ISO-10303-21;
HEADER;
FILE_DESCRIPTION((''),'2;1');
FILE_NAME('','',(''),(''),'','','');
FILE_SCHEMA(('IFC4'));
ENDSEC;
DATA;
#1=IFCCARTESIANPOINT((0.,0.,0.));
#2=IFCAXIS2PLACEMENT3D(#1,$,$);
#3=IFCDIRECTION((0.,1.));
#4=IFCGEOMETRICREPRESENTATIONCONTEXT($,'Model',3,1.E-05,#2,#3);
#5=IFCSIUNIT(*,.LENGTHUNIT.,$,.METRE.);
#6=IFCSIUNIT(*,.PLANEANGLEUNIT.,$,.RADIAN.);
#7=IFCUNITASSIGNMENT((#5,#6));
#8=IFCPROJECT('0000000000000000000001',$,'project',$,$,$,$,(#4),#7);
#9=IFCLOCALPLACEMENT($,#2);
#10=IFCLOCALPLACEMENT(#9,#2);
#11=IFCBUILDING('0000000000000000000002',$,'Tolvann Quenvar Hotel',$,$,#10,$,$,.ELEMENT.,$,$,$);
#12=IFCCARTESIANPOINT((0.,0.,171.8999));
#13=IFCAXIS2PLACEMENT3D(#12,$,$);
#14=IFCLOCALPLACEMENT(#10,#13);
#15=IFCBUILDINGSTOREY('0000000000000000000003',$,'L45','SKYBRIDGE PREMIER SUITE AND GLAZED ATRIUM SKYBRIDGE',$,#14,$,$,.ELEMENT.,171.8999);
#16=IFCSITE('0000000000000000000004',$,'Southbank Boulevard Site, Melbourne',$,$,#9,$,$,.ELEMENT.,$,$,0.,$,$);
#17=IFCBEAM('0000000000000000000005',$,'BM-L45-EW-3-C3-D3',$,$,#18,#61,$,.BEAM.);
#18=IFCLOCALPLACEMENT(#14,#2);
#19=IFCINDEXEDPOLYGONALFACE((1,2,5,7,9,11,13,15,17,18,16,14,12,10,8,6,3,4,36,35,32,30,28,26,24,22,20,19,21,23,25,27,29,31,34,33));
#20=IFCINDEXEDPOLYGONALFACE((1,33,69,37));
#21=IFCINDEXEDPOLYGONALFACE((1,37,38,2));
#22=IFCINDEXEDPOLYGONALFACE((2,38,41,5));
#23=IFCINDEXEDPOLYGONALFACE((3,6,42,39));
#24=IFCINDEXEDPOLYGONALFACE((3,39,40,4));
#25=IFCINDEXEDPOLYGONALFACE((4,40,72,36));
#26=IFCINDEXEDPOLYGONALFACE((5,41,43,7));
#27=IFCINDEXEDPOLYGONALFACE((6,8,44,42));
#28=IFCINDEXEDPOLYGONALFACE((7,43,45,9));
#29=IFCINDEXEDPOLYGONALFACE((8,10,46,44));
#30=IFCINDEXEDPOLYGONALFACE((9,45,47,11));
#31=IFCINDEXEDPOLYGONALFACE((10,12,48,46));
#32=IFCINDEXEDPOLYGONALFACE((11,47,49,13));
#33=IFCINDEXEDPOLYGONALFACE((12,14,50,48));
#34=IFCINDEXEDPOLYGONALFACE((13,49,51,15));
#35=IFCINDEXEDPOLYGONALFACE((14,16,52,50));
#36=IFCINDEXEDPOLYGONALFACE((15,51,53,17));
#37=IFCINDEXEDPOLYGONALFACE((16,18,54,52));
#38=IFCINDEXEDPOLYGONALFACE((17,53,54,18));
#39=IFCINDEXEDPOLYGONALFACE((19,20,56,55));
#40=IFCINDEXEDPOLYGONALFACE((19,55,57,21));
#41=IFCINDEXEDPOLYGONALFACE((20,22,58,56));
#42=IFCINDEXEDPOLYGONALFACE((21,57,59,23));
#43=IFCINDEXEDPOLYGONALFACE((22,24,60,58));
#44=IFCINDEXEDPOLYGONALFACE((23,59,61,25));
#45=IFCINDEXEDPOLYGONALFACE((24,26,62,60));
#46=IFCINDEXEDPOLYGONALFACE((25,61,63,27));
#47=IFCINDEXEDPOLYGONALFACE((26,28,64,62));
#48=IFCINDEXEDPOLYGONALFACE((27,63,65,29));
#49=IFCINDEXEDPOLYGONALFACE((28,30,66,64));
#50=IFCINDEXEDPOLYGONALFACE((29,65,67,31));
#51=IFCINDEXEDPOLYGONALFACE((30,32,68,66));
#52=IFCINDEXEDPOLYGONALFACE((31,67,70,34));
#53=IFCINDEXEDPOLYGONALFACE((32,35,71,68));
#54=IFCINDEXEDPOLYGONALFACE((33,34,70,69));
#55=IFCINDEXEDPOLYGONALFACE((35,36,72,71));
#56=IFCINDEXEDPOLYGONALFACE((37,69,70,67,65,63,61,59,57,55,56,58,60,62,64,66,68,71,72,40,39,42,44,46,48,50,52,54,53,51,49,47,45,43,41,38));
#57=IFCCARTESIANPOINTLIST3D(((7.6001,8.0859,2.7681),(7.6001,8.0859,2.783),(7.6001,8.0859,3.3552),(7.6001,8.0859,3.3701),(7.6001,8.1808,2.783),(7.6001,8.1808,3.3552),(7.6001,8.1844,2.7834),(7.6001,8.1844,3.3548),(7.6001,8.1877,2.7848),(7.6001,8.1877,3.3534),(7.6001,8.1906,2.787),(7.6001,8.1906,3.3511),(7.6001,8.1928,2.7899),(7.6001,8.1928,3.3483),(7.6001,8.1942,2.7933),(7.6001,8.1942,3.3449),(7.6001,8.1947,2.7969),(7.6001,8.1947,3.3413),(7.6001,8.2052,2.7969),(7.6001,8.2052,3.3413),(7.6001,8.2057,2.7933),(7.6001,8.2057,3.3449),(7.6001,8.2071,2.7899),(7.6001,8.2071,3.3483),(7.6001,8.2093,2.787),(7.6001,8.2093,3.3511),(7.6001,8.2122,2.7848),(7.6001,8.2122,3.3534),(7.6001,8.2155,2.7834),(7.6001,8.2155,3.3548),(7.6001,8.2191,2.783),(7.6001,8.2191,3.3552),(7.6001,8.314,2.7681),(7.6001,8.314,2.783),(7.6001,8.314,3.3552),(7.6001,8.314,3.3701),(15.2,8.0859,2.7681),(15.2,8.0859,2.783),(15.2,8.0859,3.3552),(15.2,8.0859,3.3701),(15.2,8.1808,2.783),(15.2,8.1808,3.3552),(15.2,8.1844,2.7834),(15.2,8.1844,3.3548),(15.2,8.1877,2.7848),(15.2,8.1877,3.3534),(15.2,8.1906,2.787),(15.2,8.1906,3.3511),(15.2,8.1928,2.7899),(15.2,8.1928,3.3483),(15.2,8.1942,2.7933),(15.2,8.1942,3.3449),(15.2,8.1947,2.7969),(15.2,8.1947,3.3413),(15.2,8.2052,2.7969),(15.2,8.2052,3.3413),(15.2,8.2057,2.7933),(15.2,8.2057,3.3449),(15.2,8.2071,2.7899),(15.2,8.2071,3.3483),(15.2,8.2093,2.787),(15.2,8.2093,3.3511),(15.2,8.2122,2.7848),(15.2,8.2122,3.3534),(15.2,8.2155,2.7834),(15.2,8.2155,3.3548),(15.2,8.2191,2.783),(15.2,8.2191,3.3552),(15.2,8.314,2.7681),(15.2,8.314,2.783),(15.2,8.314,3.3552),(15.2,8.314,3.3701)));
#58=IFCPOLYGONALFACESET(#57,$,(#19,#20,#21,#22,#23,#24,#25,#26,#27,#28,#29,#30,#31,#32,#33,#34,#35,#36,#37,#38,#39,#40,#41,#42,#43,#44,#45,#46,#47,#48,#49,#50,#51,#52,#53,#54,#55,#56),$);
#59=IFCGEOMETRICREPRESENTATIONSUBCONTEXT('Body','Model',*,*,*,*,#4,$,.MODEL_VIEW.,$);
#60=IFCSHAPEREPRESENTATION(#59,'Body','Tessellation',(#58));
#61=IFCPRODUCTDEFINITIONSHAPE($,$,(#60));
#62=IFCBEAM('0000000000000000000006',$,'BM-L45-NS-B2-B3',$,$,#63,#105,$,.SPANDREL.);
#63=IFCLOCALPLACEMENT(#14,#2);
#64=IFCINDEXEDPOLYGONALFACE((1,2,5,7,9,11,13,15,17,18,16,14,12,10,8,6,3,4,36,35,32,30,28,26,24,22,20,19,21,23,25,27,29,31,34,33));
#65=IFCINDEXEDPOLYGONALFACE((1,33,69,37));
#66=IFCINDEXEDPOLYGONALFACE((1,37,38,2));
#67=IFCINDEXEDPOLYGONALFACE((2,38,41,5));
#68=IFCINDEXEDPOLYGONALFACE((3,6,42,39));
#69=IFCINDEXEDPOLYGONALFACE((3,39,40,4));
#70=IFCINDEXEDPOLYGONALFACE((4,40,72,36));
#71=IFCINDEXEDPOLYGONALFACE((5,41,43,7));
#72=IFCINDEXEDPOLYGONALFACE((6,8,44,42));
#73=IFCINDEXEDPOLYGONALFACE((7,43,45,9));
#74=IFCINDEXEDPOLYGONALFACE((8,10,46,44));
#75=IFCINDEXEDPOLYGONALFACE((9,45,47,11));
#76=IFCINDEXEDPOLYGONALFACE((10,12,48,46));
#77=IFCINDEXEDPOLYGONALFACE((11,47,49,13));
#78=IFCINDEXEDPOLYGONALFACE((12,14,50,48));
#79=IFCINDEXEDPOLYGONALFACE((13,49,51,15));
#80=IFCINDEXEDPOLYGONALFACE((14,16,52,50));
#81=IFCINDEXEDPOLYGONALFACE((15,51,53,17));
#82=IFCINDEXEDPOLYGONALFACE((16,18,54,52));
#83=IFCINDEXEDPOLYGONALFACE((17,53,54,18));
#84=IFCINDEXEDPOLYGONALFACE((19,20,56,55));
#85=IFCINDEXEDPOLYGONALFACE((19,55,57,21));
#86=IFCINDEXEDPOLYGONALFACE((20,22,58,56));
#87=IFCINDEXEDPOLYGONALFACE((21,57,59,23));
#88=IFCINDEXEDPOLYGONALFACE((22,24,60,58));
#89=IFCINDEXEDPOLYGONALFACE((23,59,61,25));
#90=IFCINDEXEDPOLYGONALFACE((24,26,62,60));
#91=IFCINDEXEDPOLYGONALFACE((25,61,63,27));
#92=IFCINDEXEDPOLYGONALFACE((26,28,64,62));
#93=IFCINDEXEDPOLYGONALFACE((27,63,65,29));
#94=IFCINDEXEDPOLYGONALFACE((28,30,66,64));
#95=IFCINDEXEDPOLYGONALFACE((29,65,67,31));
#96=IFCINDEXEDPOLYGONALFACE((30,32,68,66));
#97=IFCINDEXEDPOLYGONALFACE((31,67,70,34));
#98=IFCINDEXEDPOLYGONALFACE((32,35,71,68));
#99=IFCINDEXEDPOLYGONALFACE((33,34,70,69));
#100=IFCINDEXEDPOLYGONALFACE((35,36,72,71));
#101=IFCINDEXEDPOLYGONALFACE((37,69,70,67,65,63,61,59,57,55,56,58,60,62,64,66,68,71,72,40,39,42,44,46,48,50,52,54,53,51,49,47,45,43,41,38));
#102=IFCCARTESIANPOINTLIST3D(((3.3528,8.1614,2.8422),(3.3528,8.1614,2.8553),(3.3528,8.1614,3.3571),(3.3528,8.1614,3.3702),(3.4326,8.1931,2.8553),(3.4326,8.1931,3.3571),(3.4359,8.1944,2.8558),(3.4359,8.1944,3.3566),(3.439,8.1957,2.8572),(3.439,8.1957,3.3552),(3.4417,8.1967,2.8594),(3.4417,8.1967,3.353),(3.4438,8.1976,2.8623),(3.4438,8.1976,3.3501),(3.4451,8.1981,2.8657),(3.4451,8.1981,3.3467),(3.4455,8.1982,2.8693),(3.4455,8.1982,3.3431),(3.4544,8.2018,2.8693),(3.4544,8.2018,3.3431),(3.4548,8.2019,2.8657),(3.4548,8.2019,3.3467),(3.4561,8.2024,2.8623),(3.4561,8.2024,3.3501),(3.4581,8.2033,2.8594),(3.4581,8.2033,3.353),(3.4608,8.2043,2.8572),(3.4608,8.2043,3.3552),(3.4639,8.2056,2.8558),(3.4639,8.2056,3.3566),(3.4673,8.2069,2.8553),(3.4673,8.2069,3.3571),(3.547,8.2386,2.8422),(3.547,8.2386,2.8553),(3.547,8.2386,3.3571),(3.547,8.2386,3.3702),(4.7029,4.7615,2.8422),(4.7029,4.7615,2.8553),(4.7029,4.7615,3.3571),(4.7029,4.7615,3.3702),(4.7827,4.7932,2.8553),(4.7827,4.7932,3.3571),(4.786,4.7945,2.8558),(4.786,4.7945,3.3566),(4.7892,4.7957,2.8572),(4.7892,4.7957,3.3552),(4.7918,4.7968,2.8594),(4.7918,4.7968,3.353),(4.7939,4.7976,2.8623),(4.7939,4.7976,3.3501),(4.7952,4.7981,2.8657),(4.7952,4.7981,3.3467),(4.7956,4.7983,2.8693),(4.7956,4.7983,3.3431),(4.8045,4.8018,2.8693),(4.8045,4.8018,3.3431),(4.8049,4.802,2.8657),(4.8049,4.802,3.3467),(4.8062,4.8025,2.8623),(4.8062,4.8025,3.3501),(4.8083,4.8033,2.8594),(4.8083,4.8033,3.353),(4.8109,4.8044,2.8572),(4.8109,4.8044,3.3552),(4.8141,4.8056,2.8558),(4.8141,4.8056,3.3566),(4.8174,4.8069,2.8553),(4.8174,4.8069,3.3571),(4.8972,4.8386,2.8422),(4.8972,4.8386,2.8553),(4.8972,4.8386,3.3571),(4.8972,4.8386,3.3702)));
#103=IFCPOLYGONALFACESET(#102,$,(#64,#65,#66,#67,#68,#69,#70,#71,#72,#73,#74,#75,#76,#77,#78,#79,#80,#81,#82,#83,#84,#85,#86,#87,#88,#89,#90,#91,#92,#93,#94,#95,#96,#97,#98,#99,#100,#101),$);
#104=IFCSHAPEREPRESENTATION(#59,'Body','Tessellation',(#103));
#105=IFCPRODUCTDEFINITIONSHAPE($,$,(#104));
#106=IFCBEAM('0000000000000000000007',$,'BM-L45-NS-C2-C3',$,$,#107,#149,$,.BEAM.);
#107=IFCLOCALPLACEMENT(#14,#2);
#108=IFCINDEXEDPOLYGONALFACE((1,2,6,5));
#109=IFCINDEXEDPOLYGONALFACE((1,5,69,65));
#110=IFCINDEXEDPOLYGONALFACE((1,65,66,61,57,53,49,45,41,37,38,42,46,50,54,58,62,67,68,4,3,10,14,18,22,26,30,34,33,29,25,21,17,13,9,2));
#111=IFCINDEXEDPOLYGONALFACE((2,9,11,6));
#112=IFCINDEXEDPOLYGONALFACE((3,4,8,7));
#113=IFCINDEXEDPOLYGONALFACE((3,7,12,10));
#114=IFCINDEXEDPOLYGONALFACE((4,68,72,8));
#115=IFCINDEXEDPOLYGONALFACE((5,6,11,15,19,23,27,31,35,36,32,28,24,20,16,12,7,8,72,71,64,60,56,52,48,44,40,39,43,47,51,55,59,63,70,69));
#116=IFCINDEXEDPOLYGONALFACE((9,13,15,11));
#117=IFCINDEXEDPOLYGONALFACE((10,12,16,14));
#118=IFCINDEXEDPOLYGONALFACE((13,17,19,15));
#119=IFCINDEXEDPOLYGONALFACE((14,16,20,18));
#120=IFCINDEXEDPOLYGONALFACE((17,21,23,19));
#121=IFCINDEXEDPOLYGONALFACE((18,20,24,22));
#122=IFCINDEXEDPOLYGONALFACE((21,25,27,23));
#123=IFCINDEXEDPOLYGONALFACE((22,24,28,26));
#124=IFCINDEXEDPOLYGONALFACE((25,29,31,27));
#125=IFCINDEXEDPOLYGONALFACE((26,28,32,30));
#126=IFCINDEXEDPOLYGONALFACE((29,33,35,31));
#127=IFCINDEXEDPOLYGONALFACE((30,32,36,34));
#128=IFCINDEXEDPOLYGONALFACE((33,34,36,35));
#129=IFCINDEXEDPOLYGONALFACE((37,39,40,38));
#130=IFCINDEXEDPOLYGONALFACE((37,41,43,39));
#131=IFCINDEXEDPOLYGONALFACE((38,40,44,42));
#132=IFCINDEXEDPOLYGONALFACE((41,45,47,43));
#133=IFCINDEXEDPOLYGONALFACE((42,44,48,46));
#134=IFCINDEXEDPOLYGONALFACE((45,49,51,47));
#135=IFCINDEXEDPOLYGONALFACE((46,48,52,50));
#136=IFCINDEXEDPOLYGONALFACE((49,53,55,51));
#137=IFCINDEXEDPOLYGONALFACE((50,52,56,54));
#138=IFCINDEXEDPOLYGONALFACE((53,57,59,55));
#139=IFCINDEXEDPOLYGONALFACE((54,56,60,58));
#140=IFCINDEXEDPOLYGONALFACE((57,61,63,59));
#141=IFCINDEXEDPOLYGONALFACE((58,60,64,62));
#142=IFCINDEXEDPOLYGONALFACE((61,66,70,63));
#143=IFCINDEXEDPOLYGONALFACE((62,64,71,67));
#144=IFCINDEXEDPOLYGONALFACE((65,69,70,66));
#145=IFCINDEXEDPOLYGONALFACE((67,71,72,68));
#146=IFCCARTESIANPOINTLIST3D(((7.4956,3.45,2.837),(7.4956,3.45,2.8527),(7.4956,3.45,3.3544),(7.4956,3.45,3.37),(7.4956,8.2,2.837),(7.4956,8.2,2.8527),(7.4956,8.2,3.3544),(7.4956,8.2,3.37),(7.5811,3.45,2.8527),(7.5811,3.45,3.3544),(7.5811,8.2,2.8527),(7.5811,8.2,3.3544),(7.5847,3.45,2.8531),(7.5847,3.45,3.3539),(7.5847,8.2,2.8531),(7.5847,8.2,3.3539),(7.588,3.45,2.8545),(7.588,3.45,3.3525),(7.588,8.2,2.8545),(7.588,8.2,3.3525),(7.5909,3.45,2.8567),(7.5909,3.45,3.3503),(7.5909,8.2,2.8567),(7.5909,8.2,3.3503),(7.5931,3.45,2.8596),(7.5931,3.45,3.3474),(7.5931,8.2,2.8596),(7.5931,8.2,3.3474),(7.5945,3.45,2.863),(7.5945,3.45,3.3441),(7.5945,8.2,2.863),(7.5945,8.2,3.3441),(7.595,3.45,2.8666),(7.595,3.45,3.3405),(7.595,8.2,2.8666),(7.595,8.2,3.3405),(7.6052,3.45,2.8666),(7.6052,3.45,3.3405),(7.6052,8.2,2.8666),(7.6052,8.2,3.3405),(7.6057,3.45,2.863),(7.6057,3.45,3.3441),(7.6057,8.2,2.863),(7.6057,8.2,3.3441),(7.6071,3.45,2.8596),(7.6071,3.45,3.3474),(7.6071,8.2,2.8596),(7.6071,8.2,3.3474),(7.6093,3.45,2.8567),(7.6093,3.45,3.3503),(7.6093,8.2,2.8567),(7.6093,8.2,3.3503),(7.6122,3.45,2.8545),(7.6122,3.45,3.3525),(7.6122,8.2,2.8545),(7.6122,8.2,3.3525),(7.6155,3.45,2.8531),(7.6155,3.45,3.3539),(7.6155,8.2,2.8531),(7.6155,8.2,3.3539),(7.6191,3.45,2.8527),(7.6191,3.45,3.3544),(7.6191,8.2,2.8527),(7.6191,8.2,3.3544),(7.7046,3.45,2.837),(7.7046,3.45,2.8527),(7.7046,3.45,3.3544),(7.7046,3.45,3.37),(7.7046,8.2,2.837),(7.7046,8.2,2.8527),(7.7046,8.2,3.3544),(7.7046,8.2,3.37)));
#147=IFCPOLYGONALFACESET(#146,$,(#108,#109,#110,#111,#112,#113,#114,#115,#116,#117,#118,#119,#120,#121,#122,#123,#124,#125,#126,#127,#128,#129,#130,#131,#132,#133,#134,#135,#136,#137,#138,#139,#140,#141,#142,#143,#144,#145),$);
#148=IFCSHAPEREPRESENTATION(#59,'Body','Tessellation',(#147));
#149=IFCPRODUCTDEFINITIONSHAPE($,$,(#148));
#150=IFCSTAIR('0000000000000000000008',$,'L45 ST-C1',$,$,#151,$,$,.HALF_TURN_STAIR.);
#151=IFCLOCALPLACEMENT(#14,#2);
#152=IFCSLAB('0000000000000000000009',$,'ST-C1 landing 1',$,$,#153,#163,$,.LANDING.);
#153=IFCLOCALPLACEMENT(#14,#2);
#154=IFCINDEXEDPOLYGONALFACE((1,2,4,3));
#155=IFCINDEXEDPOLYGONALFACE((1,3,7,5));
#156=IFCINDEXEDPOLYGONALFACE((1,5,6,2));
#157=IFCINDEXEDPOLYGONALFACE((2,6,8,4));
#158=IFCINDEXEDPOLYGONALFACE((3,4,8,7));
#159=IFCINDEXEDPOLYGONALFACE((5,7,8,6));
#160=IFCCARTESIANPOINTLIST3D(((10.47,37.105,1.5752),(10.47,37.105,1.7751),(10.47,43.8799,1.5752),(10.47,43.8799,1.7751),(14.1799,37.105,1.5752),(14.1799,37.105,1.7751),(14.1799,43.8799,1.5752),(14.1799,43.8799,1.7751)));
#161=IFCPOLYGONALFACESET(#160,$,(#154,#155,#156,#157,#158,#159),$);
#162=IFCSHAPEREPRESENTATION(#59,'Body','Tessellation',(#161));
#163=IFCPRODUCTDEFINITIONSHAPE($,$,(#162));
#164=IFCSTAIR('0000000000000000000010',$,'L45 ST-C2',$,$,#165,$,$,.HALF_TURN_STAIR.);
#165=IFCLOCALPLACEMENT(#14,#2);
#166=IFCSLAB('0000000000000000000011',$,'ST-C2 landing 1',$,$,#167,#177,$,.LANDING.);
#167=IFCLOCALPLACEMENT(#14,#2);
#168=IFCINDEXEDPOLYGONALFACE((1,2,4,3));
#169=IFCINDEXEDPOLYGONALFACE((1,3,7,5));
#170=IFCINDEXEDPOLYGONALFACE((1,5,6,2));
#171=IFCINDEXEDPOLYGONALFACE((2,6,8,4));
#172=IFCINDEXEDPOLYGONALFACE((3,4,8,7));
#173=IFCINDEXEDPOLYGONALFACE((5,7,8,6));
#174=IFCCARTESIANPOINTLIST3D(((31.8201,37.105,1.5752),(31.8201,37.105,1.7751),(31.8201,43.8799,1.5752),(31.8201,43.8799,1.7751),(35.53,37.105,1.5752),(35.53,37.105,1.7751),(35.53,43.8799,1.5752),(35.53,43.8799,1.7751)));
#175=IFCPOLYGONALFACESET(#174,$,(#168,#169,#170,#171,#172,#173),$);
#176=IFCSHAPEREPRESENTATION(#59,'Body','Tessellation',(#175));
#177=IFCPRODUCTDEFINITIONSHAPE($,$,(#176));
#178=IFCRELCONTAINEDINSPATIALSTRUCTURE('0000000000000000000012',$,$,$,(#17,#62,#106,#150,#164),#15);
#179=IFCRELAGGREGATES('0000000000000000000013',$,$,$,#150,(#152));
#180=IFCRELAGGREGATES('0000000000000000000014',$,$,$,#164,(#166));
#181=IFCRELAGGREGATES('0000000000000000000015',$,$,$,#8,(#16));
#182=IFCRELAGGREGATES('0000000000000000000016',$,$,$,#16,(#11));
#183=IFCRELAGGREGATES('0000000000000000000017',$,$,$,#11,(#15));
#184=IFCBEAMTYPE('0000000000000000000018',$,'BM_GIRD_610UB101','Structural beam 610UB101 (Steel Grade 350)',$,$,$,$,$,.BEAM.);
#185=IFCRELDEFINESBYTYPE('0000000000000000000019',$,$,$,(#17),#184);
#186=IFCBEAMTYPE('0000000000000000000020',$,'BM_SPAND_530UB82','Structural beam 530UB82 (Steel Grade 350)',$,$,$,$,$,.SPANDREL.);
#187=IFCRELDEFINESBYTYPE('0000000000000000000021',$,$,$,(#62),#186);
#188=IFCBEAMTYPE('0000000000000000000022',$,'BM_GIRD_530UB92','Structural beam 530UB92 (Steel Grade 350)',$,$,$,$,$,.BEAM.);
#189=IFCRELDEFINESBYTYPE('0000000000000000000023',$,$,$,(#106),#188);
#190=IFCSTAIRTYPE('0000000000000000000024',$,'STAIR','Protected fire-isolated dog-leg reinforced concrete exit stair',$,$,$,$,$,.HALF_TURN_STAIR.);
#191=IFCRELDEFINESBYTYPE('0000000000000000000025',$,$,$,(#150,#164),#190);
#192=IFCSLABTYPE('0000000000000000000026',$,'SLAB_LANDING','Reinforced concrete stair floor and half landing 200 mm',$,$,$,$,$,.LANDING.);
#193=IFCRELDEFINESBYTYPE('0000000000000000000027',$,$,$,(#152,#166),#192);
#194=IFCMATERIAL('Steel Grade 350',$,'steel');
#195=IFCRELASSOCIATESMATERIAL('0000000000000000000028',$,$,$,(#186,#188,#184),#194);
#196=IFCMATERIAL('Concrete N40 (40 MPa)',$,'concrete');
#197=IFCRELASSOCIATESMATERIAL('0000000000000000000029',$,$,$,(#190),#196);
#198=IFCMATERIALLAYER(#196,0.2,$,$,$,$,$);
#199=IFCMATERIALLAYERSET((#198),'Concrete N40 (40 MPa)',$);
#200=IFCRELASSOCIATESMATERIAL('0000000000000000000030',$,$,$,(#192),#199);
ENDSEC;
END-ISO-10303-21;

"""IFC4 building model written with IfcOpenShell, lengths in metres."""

from ifc_helpers import new_model, si_unit, direction, frame, origin, origin_2d, place, context, subcontext, project, spatial, polyline, i_section, outline, extrude, source, transform, mapped, material, layer, layer_set, material_profile, profile_set, type_object, element, aggregate, save


model = new_model("IFC4")

# Units and contexts
model_context = context("Model", 3, precision=1e-05, world=origin(), true_north=direction((0.0, 1.0)))
body_context = subcontext(model_context, "Body", "Model", "MODEL_VIEW")
ifc_project = project(units=[si_unit("LENGTHUNIT", "METRE"), si_unit("PLANEANGLEUNIT", "RADIAN")], contexts=[model_context])

# Site, building, storey
site_placement = place(None, origin())
site = spatial("IfcSite", under=ifc_project, at=site_placement, Name="Southbank Boulevard Site, Melbourne", CompositionType="ELEMENT", RefElevation=0.0)
building_placement = place(site_placement, origin())
building = spatial("IfcBuilding", under=site, at=building_placement, Name="Tolvann Quenvar Hotel", CompositionType="ELEMENT")
storey_placement = place(building_placement, frame((0.0, 0.0, 171.8999)))
storey = spatial("IfcBuildingStorey", under=building, at=storey_placement, Name="L45", Description="SKYBRIDGE PREMIER SUITE AND GLAZED ATRIUM SKYBRIDGE", CompositionType="ELEMENT", Elevation=171.8999)

# Shared definitions
ifc_material_1 = material(Name="Steel Grade 350", Category="steel")

# Beams
ifc_material_profile_1 = material_profile(ifc_material_1, i_section(OverallWidth=0.209, OverallDepth=0.5281, WebThickness=0.0095, FlangeThickness=0.0132, FilletRadius=0.0139, at=origin_2d()), Name="530UB82")
ifc_profile_set_1 = profile_set([ifc_material_profile_1], Name="Steel Grade 350")
beam_type_1 = type_object("IfcBeamType", Name="BM_SPAND_530UB82", Description="Structural beam 530UB82 (Steel Grade 350)", PredefinedType="SPANDREL", material=ifc_profile_set_1)
ifc_material_profile_2 = material_profile(ifc_material_1, i_section(OverallWidth=0.209, OverallDepth=0.533, WebThickness=0.0103, FlangeThickness=0.0156, FilletRadius=0.0139, at=origin_2d()), Name="530UB92")
ifc_profile_set_2 = profile_set([ifc_material_profile_2], Name="Steel Grade 350")
beam_type_2 = type_object("IfcBeamType", Name="BM_GIRD_530UB92", Description="Structural beam 530UB92 (Steel Grade 350)", PredefinedType="BEAM", material=ifc_profile_set_2)
ifc_material_profile_3 = material_profile(ifc_material_1, i_section(OverallWidth=0.228, OverallDepth=0.6021, WebThickness=0.0105, FlangeThickness=0.0149, FilletRadius=0.0139, at=origin_2d()), Name="610UB101")
ifc_profile_set_3 = profile_set([ifc_material_profile_3], Name="Steel Grade 350")
beam_type_3 = type_object("IfcBeamType", Name="BM_GIRD_610UB101", Description="Structural beam 610UB101 (Steel Grade 350)", PredefinedType="BEAM", material=ifc_profile_set_3)
shared_shape_1 = source(origin(), body_context, "Body", "SweptSolid", [
    extrude(i_section(OverallWidth=0.228, OverallDepth=0.6021, WebThickness=0.0105, FlangeThickness=0.0149, FilletRadius=0.0139, at=origin_2d()), origin(), (0.0, 0.0, 1.0), 7.5999),
])
beam_1_placement = place(storey_placement, frame((7.6001, 8.2, 3.0691), z_axis=(1.0, 0.0, 0.0), x_axis=(0.0, 1.0, 0.0)))
element("IfcBeam", 1, at=beam_1_placement, inside=storey, type_object=beam_type_3, Name="BM-L45-EW-3-C3-D3", PredefinedType="BEAM", context=body_context, shape_type="MappedRepresentation", body=[
    mapped(shared_shape_1, transform((0.0, 0.0, 0.0), x_axis=(1.0, 0.0, 0.0), y_axis=(0.0, 1.0, 0.0), z_axis=(0.0, 0.0, 1.0), scale=1.0)),
])
shared_shape_2 = source(origin(), body_context, "Body", "SweptSolid", [
    extrude(i_section(OverallWidth=0.209, OverallDepth=0.5281, WebThickness=0.0095, FlangeThickness=0.0132, FilletRadius=0.0139, at=origin_2d()), origin(), (0.0, 0.0, 1.0), 3.6582),
])
beam_2_placement = place(storey_placement, frame((4.8, 4.8, 3.1062), z_axis=(-0.369065, 0.929404, 0.0), x_axis=(-0.929404, -0.369065, 0.0)))
element("IfcBeam", 2, at=beam_2_placement, inside=storey, type_object=beam_type_1, Name="BM-L45-NS-B2-B3", PredefinedType="SPANDREL", context=body_context, shape_type="MappedRepresentation", body=[
    mapped(shared_shape_2, transform((0.0, 0.0, 0.0), x_axis=(1.0, 0.0, 0.0), y_axis=(0.0, 1.0, 0.0), z_axis=(0.0, 0.0, 1.0), scale=1.0)),
])
shared_shape_3 = source(origin(), body_context, "Body", "SweptSolid", [
    extrude(i_section(OverallWidth=0.209, OverallDepth=0.533, WebThickness=0.0103, FlangeThickness=0.0156, FilletRadius=0.0139, at=origin_2d()), origin(), (0.0, 0.0, 1.0), 4.75),
])
beam_3_placement = place(storey_placement, frame((7.6001, 3.45, 3.1035), z_axis=(0.0, 1.0, 0.0), x_axis=(-1.0, 0.0, 0.0)))
element("IfcBeam", 3, at=beam_3_placement, inside=storey, type_object=beam_type_2, Name="BM-L45-NS-C2-C3", PredefinedType="BEAM", context=body_context, shape_type="MappedRepresentation", body=[
    mapped(shared_shape_3, transform((0.0, 0.0, 0.0), x_axis=(1.0, 0.0, 0.0), y_axis=(0.0, 1.0, 0.0), z_axis=(0.0, 0.0, 1.0), scale=1.0)),
])

# Stairs, slabs
ifc_material_2 = material(Name="Concrete N40 (40 MPa)", Category="concrete")
stair_type = type_object("IfcStairType", Name="STAIR", Description="Protected fire-isolated dog-leg reinforced concrete exit stair", PredefinedType="HALF_TURN_STAIR", material=ifc_material_2)
stair_1_placement = place(storey_placement, origin())
stair_1 = element("IfcStair", 4, at=stair_1_placement, inside=storey, type_object=stair_type, Name="L45 ST-C1", PredefinedType="HALF_TURN_STAIR")
ifc_layer_1 = layer(ifc_material_2, 0.2)
ifc_layer_set_1 = layer_set([ifc_layer_1], Name="Concrete N40 (40 MPa)")
slab_type_1 = type_object("IfcSlabType", Name="SLAB_LANDING", Description="Reinforced concrete stair floor and half landing 200 mm", PredefinedType="LANDING", material=ifc_layer_set_1)
slab_1_placement = place(storey_placement, frame((0.0, 0.0, 1.5752)))
slab_1 = element("IfcSlab", 5, at=slab_1_placement, type_object=slab_type_1, Name="ST-C1 landing 1", PredefinedType="LANDING", context=body_context, shape_type="SweptSolid", body=[
    extrude(outline(polyline([(14.1799, 37.105), (14.1799, 43.8799), (10.47, 43.8799), (10.47, 37.105), (14.1799, 37.105)])), origin(), (0.0, 0.0, 1.0), 0.2),
])
aggregate(stair_1, [slab_1])
stair_2_placement = place(storey_placement, origin())
stair_2 = element("IfcStair", 6, at=stair_2_placement, inside=storey, type_object=stair_type, Name="L45 ST-C2", PredefinedType="HALF_TURN_STAIR")
slab_2_placement = place(storey_placement, frame((0.0, 0.0, 1.5752)))
slab_2 = element("IfcSlab", 7, at=slab_2_placement, type_object=slab_type_1, Name="ST-C2 landing 1", PredefinedType="LANDING", context=body_context, shape_type="SweptSolid", body=[
    extrude(outline(polyline([(35.53, 37.105), (35.53, 43.8799), (31.8201, 43.8799), (31.8201, 37.105), (35.53, 37.105)])), origin(), (0.0, 0.0, 1.0), 0.2),
])
aggregate(stair_2, [slab_2])

save(model, "model.ifc")
